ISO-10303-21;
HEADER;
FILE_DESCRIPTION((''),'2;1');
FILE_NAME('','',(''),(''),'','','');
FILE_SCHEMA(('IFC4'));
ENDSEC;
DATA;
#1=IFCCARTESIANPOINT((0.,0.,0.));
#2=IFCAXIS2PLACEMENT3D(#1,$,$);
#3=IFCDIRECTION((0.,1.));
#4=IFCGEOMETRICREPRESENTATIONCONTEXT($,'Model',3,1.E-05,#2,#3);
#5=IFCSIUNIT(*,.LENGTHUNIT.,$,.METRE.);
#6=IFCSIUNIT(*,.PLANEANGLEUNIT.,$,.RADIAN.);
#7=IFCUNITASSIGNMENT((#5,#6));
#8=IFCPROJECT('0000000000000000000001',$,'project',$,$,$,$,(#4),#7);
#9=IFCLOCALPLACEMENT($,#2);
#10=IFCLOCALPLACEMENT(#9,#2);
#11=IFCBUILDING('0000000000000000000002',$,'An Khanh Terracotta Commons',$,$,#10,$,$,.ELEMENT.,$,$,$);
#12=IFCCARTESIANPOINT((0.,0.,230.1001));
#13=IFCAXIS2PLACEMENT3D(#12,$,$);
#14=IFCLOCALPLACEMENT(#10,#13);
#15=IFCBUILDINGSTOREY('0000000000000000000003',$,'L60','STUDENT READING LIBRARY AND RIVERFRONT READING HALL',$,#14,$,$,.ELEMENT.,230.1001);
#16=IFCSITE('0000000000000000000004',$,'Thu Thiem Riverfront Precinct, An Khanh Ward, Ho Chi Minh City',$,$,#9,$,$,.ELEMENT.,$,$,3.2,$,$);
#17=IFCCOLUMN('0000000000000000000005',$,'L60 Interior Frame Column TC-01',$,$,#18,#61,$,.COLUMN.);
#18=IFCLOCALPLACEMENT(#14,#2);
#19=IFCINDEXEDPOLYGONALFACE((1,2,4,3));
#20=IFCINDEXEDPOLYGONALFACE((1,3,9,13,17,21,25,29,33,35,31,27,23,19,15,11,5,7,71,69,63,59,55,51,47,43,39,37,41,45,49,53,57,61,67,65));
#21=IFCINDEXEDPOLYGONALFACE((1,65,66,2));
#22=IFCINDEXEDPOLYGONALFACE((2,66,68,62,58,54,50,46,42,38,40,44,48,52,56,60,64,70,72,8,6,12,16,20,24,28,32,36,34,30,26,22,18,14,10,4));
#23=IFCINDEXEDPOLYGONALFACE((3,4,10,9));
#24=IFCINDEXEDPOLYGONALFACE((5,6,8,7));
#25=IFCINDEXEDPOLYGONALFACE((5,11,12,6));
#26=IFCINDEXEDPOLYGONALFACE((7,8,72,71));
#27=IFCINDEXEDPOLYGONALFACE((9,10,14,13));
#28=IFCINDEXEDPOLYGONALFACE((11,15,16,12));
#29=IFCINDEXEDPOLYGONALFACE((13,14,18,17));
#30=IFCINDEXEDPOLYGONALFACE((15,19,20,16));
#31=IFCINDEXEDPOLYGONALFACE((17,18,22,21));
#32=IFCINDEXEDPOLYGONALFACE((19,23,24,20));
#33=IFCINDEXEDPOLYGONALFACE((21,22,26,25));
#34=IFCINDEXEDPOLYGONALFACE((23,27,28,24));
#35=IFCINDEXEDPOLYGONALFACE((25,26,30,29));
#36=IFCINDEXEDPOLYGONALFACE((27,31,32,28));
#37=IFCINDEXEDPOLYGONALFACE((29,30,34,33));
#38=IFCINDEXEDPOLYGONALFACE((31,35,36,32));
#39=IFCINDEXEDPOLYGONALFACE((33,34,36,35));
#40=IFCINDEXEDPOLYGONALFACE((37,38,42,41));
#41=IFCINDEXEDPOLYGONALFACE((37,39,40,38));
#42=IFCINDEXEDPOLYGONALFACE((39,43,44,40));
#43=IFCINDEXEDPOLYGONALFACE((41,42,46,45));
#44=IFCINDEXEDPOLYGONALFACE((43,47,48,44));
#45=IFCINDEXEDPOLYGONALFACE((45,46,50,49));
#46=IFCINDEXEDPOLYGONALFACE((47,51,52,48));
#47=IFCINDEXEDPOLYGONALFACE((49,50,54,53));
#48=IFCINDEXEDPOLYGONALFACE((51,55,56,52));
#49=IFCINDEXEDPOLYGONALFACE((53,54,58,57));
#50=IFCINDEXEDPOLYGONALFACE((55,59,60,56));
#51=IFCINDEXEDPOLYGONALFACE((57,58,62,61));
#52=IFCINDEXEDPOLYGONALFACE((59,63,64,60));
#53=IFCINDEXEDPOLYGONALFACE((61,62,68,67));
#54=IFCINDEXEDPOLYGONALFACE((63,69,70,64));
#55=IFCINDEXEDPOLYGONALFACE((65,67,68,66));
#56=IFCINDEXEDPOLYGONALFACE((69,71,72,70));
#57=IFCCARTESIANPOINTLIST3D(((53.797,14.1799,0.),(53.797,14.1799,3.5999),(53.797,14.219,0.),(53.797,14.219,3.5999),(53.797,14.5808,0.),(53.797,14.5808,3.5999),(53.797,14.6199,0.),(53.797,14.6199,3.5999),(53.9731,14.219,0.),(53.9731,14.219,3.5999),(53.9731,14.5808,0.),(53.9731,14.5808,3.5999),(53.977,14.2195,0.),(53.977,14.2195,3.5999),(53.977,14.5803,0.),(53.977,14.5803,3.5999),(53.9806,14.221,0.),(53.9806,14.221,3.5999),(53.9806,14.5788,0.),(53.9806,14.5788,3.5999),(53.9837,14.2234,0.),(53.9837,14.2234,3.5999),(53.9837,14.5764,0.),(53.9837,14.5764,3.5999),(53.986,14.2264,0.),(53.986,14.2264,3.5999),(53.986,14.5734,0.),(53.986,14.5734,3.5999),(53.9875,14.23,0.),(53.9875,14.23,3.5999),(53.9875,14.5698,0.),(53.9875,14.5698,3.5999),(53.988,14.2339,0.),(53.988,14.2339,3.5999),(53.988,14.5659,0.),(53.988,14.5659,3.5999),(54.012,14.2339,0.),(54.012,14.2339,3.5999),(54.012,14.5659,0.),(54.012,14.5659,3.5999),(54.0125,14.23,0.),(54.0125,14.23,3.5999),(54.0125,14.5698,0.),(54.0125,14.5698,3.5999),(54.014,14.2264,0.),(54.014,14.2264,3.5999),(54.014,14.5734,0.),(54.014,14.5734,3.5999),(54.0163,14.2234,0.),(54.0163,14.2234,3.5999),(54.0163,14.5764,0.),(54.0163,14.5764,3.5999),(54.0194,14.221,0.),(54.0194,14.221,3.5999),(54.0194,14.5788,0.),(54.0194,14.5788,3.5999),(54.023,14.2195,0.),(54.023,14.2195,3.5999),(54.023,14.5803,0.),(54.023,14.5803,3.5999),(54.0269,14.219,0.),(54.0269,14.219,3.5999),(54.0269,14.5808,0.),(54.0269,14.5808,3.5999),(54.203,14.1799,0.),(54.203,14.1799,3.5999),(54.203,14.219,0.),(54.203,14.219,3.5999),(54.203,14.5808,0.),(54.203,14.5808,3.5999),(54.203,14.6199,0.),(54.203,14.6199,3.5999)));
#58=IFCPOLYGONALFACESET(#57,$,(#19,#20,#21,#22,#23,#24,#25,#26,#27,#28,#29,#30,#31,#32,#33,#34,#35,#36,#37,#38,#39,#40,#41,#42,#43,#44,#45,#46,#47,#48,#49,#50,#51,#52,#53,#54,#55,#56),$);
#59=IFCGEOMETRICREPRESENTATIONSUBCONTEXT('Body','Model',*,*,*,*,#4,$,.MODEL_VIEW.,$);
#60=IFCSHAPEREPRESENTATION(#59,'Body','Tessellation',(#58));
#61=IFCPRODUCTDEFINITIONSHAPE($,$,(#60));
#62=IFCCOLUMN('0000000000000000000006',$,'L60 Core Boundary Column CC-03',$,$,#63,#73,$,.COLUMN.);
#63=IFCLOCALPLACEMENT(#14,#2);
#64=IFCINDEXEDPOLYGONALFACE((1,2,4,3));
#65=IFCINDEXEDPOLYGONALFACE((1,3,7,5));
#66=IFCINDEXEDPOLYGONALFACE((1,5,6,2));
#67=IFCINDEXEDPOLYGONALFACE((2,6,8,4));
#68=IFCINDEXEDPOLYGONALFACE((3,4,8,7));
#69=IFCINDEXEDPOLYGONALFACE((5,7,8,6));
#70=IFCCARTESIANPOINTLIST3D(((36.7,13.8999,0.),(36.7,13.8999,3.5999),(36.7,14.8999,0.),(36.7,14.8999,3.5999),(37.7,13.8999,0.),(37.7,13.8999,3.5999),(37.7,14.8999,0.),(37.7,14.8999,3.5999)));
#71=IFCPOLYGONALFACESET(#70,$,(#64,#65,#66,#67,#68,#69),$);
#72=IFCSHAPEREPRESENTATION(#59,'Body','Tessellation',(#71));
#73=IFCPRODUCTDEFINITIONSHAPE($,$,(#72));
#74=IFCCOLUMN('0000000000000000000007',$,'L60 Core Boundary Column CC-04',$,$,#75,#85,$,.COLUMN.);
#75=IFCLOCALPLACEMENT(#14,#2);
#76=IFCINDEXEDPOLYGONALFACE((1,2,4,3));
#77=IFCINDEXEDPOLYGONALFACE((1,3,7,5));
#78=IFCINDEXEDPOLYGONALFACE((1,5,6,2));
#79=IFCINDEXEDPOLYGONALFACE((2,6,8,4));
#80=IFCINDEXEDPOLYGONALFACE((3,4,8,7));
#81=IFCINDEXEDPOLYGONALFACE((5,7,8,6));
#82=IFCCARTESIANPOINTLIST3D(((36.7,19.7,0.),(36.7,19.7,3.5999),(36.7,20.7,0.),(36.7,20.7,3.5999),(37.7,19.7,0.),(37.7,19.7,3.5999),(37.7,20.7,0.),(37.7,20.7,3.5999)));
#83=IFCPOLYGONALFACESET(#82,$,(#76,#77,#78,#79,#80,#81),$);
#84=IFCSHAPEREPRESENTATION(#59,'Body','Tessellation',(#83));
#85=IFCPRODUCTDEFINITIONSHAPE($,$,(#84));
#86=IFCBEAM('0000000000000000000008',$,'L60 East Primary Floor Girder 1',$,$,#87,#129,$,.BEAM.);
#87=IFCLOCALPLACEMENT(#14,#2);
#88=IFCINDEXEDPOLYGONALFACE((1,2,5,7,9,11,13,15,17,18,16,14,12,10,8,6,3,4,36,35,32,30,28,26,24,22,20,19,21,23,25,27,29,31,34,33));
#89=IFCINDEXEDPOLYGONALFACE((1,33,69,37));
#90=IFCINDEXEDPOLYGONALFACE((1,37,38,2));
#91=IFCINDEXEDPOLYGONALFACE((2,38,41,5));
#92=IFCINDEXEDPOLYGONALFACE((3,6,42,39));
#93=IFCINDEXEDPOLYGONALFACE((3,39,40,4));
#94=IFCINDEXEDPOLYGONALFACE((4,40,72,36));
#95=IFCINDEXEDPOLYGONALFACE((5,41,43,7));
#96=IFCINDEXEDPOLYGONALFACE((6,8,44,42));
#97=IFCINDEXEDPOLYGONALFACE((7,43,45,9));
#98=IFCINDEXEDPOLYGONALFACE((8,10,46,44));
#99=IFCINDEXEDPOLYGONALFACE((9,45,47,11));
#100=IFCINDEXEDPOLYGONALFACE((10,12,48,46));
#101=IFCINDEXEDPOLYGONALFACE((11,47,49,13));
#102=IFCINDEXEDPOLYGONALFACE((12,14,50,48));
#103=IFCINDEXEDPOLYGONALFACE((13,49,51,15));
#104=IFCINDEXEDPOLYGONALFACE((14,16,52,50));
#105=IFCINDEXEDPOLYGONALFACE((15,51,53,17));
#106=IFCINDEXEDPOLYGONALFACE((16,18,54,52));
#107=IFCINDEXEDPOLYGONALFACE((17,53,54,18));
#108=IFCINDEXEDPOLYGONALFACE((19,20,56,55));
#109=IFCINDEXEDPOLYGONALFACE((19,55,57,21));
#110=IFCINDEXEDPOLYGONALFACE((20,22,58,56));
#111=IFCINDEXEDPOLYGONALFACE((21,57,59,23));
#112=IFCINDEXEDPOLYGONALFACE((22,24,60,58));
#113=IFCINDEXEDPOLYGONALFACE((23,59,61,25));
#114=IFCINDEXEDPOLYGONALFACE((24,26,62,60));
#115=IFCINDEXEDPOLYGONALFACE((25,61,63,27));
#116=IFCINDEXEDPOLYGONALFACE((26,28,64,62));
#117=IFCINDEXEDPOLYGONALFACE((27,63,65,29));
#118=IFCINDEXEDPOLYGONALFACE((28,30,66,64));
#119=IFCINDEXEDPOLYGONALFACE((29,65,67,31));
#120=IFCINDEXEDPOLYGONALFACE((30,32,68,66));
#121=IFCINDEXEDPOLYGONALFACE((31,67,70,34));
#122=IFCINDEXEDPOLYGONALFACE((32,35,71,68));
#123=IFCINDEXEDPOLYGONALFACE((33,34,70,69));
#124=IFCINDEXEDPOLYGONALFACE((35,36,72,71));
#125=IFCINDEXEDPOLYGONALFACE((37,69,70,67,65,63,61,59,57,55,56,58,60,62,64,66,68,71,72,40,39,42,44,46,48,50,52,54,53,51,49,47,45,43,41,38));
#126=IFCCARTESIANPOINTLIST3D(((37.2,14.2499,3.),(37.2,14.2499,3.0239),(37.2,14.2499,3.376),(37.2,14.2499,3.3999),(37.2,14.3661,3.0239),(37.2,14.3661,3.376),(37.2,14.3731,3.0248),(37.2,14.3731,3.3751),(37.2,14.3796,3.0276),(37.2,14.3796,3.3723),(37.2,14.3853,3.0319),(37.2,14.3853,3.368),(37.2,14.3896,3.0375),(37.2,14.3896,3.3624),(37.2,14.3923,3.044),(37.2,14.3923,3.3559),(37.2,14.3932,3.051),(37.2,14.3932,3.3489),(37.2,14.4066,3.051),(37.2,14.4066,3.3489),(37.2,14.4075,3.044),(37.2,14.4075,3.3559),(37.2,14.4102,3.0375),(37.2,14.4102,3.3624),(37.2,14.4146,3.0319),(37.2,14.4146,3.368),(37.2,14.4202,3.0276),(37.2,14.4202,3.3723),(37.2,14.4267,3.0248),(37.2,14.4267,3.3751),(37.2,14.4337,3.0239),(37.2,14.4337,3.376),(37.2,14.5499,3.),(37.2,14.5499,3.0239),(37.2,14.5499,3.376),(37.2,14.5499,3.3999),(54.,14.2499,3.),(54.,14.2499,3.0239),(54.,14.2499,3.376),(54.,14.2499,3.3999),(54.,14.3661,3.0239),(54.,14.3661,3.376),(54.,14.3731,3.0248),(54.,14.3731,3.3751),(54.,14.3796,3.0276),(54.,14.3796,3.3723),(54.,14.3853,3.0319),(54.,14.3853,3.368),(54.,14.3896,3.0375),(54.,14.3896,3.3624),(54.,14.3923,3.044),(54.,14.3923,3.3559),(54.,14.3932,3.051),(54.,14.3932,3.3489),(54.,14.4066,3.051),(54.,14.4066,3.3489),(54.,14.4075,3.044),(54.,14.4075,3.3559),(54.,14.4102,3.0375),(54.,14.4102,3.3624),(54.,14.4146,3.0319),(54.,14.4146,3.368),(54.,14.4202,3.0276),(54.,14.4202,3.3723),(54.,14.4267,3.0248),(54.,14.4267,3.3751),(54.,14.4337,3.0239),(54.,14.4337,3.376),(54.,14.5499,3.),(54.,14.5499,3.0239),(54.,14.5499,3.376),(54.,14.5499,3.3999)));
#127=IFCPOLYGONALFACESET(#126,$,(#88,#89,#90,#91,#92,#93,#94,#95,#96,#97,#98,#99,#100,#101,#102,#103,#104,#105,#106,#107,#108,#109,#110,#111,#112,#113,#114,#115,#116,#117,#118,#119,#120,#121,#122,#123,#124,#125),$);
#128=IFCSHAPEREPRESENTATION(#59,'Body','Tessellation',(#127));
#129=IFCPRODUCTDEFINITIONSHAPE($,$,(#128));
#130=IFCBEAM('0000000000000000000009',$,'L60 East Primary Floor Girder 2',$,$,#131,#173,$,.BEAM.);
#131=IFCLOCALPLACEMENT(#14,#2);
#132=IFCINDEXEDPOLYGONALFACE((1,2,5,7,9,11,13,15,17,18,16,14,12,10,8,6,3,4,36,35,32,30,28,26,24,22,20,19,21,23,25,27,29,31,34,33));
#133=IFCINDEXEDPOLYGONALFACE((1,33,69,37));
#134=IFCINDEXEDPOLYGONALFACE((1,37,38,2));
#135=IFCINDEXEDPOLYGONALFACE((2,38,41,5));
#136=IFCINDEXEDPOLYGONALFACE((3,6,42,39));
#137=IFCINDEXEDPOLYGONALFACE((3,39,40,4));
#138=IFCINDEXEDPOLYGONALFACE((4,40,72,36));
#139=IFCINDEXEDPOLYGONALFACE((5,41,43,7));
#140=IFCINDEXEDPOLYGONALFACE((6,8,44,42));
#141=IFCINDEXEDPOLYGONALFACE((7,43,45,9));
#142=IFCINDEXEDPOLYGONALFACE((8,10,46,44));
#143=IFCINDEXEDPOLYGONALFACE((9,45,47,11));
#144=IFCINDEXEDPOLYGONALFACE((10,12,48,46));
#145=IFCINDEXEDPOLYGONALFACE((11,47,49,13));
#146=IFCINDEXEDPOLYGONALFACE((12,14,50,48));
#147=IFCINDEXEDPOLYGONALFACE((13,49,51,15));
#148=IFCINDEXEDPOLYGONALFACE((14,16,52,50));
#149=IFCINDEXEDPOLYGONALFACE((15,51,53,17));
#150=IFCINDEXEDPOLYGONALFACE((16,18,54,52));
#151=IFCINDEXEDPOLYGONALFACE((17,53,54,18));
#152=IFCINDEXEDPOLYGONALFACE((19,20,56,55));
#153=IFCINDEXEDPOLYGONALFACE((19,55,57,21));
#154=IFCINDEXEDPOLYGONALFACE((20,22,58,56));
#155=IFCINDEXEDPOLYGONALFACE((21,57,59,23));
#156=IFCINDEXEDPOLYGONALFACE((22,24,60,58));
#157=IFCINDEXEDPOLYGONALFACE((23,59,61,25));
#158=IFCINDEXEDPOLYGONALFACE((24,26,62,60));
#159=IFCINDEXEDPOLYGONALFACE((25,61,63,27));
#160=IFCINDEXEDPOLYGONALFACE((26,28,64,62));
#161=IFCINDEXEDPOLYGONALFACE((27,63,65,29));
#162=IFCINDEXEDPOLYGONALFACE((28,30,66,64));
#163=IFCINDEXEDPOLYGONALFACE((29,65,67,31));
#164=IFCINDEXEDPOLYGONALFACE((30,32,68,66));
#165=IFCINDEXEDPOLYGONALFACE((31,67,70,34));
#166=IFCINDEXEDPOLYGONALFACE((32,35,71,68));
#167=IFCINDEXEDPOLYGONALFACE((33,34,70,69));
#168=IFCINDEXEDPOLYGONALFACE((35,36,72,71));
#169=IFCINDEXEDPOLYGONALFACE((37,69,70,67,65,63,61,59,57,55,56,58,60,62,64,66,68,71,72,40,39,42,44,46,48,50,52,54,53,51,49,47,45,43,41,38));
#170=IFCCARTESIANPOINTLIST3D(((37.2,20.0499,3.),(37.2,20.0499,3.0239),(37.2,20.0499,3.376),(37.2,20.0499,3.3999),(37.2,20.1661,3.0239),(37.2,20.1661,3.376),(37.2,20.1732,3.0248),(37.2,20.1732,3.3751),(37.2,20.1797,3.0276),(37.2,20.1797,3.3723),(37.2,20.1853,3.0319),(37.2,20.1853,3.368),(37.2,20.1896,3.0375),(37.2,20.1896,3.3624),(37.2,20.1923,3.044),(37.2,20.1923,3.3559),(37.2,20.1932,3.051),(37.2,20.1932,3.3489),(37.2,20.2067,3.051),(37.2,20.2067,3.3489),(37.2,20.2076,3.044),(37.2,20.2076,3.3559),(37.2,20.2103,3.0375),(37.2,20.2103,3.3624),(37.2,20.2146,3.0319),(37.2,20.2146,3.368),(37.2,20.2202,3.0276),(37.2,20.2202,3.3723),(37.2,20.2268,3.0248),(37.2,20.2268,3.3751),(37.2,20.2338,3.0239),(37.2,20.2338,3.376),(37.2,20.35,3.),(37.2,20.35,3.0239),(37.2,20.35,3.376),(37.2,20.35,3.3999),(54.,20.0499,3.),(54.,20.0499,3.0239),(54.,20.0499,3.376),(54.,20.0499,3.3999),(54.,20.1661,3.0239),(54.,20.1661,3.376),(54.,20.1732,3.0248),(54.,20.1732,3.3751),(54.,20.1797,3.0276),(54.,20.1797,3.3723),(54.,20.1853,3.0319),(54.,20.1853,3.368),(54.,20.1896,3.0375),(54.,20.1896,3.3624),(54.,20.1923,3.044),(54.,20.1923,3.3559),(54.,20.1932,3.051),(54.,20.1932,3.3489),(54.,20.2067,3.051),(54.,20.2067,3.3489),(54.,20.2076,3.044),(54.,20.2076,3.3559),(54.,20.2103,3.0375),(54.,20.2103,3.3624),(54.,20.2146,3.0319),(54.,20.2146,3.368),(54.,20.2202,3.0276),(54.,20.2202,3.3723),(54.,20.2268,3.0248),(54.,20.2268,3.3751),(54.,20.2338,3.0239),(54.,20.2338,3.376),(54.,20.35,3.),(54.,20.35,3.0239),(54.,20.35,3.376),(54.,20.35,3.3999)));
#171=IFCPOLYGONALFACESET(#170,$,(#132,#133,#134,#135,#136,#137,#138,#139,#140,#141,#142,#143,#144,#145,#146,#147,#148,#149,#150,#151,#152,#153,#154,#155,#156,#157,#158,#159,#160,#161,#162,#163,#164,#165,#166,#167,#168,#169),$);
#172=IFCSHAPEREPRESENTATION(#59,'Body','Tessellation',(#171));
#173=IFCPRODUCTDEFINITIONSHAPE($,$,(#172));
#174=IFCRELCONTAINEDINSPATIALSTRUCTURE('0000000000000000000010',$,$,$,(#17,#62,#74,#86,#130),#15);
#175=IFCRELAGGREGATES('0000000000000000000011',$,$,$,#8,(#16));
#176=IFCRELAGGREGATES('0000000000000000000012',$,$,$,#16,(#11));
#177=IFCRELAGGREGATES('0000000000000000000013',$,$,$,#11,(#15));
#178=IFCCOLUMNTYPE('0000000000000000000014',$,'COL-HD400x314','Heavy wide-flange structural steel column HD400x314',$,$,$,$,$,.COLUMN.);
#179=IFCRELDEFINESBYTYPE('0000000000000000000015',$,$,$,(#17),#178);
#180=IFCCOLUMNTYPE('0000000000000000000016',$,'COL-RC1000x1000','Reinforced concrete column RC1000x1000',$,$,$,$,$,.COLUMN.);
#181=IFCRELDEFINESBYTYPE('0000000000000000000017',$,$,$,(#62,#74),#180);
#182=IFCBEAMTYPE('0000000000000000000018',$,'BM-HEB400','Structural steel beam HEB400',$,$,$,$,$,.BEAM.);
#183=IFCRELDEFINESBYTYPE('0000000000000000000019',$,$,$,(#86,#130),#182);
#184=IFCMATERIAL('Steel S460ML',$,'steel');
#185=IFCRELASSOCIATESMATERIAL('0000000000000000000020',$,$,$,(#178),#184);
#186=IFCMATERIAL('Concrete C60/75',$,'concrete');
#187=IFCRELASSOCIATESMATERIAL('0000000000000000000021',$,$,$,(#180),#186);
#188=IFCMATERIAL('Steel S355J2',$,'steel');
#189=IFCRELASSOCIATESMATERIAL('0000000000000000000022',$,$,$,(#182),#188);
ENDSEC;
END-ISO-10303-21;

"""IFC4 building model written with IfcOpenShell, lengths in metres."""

from ifc_helpers import new_model, si_unit, direction, frame, origin, origin_2d, place, context, subcontext, project, spatial, rectangle, i_section, extrude, material, material_profile, profile_set, type_object, element, save


model = new_model("IFC4")

# Units and contexts
model_context = context("Model", 3, precision=1e-05, world=origin(), true_north=direction((0.0, 1.0)))
body_context = subcontext(model_context, "Body", "Model", "MODEL_VIEW")
ifc_project = project(units=[si_unit("LENGTHUNIT", "METRE"), si_unit("PLANEANGLEUNIT", "RADIAN")], contexts=[model_context])

# Site, building, storey
site_placement = place(None, origin())
site = spatial("IfcSite", under=ifc_project, at=site_placement, Name="Thu Thiem Riverfront Precinct, An Khanh Ward, Ho Chi Minh City", CompositionType="ELEMENT", RefElevation=3.2)
building_placement = place(site_placement, origin())
building = spatial("IfcBuilding", under=site, at=building_placement, Name="An Khanh Terracotta Commons", CompositionType="ELEMENT")
storey_placement = place(building_placement, frame((0.0, 0.0, 230.1001)))
storey = spatial("IfcBuildingStorey", under=building, at=storey_placement, Name="L60", Description="STUDENT READING LIBRARY AND RIVERFRONT READING HALL", CompositionType="ELEMENT", Elevation=230.1001)

# Columns
ifc_material_1 = material(Name="Steel S460ML", Category="steel")
ifc_material_profile_1 = material_profile(ifc_material_1, i_section(OverallWidth=0.406, OverallDepth=0.4399, WebThickness=0.0239, FlangeThickness=0.0391, FilletRadius=0.0149, at=origin_2d()), Name="HD400x314")
ifc_profile_set_1 = profile_set([ifc_material_profile_1], Name="Steel S460ML")
column_type_1 = type_object("IfcColumnType", Name="COL-HD400x314", Description="Heavy wide-flange structural steel column HD400x314", PredefinedType="COLUMN", material=ifc_profile_set_1)
column_placement = place(storey_placement, frame((54.0, 14.3999, 0.0), z_axis=(0.0, 0.0, 1.0), x_axis=(1.0, 0.0, 0.0)))
element("IfcColumn", 1, at=column_placement, inside=storey, type_object=column_type_1, Name="L60 Interior Frame Column TC-01", PredefinedType="COLUMN", context=body_context, shape_type="SweptSolid", body=[
    extrude(i_section(OverallWidth=0.406, OverallDepth=0.4399, WebThickness=0.0239, FlangeThickness=0.0391, FilletRadius=0.0149, at=origin_2d()), origin(), (0.0, 0.0, 1.0), 3.5999),
])
ifc_material_2 = material(Name="Concrete C60/75", Category="concrete")
ifc_material_profile_2 = material_profile(ifc_material_2, rectangle(XDim=1.0, YDim=1.0, at=origin_2d()), Name="RC1000x1000")
ifc_profile_set_2 = profile_set([ifc_material_profile_2], Name="Concrete C60/75")
column_type_2 = type_object("IfcColumnType", Name="COL-RC1000x1000", Description="Reinforced concrete column RC1000x1000", PredefinedType="COLUMN", material=ifc_profile_set_2)
for number, where, z_axis, x_axis, name in (
    (2, (37.2, 14.3999, 0.0), (0.0, 0.0, 1.0), (1.0, 0.0, 0.0), "L60 Core Boundary Column CC-03"),
    (3, (37.2, 20.2, 0.0), (0.0, 0.0, 1.0), (1.0, 0.0, 0.0), "L60 Core Boundary Column CC-04"),
):
    element("IfcColumn", number, at=place(storey_placement, frame(where, z_axis=z_axis, x_axis=x_axis)), inside=storey, type_object=column_type_2, Name=name, PredefinedType="COLUMN", context=body_context, shape_type="SweptSolid", body=[
        extrude(rectangle(XDim=1.0, YDim=1.0, at=origin_2d()), origin(), (0.0, 0.0, 1.0), 3.5999),
    ])

# Beams
ifc_material_3 = material(Name="Steel S355J2", Category="steel")
ifc_material_profile_3 = material_profile(ifc_material_3, i_section(OverallWidth=0.3, OverallDepth=0.3999, WebThickness=0.0134, FlangeThickness=0.0239, FilletRadius=0.0271, at=origin_2d()), Name="HEB400")
ifc_profile_set_3 = profile_set([ifc_material_profile_3], Name="Steel S355J2")
beam_type_1 = type_object("IfcBeamType", Name="BM-HEB400", Description="Structural steel beam HEB400", PredefinedType="BEAM", material=ifc_profile_set_3)
for number, where, z_axis, x_axis, name in (
    (4, (37.2, 14.3999, 3.2), (1.0, 0.0, 0.0), (0.0, 1.0, 0.0), "L60 East Primary Floor Girder 1"),
    (5, (37.2, 20.2, 3.2), (1.0, 0.0, 0.0), (0.0, 1.0, 0.0), "L60 East Primary Floor Girder 2"),
):
    element("IfcBeam", number, at=place(storey_placement, frame(where, z_axis=z_axis, x_axis=x_axis)), inside=storey, type_object=beam_type_1, Name=name, PredefinedType="BEAM", context=body_context, shape_type="SweptSolid", body=[
        extrude(i_section(OverallWidth=0.3, OverallDepth=0.3999, WebThickness=0.0134, FlangeThickness=0.0239, FilletRadius=0.0271, at=origin_2d()), origin(), (0.0, 0.0, 1.0), 16.8),
    ])

save(model, "model.ifc")
